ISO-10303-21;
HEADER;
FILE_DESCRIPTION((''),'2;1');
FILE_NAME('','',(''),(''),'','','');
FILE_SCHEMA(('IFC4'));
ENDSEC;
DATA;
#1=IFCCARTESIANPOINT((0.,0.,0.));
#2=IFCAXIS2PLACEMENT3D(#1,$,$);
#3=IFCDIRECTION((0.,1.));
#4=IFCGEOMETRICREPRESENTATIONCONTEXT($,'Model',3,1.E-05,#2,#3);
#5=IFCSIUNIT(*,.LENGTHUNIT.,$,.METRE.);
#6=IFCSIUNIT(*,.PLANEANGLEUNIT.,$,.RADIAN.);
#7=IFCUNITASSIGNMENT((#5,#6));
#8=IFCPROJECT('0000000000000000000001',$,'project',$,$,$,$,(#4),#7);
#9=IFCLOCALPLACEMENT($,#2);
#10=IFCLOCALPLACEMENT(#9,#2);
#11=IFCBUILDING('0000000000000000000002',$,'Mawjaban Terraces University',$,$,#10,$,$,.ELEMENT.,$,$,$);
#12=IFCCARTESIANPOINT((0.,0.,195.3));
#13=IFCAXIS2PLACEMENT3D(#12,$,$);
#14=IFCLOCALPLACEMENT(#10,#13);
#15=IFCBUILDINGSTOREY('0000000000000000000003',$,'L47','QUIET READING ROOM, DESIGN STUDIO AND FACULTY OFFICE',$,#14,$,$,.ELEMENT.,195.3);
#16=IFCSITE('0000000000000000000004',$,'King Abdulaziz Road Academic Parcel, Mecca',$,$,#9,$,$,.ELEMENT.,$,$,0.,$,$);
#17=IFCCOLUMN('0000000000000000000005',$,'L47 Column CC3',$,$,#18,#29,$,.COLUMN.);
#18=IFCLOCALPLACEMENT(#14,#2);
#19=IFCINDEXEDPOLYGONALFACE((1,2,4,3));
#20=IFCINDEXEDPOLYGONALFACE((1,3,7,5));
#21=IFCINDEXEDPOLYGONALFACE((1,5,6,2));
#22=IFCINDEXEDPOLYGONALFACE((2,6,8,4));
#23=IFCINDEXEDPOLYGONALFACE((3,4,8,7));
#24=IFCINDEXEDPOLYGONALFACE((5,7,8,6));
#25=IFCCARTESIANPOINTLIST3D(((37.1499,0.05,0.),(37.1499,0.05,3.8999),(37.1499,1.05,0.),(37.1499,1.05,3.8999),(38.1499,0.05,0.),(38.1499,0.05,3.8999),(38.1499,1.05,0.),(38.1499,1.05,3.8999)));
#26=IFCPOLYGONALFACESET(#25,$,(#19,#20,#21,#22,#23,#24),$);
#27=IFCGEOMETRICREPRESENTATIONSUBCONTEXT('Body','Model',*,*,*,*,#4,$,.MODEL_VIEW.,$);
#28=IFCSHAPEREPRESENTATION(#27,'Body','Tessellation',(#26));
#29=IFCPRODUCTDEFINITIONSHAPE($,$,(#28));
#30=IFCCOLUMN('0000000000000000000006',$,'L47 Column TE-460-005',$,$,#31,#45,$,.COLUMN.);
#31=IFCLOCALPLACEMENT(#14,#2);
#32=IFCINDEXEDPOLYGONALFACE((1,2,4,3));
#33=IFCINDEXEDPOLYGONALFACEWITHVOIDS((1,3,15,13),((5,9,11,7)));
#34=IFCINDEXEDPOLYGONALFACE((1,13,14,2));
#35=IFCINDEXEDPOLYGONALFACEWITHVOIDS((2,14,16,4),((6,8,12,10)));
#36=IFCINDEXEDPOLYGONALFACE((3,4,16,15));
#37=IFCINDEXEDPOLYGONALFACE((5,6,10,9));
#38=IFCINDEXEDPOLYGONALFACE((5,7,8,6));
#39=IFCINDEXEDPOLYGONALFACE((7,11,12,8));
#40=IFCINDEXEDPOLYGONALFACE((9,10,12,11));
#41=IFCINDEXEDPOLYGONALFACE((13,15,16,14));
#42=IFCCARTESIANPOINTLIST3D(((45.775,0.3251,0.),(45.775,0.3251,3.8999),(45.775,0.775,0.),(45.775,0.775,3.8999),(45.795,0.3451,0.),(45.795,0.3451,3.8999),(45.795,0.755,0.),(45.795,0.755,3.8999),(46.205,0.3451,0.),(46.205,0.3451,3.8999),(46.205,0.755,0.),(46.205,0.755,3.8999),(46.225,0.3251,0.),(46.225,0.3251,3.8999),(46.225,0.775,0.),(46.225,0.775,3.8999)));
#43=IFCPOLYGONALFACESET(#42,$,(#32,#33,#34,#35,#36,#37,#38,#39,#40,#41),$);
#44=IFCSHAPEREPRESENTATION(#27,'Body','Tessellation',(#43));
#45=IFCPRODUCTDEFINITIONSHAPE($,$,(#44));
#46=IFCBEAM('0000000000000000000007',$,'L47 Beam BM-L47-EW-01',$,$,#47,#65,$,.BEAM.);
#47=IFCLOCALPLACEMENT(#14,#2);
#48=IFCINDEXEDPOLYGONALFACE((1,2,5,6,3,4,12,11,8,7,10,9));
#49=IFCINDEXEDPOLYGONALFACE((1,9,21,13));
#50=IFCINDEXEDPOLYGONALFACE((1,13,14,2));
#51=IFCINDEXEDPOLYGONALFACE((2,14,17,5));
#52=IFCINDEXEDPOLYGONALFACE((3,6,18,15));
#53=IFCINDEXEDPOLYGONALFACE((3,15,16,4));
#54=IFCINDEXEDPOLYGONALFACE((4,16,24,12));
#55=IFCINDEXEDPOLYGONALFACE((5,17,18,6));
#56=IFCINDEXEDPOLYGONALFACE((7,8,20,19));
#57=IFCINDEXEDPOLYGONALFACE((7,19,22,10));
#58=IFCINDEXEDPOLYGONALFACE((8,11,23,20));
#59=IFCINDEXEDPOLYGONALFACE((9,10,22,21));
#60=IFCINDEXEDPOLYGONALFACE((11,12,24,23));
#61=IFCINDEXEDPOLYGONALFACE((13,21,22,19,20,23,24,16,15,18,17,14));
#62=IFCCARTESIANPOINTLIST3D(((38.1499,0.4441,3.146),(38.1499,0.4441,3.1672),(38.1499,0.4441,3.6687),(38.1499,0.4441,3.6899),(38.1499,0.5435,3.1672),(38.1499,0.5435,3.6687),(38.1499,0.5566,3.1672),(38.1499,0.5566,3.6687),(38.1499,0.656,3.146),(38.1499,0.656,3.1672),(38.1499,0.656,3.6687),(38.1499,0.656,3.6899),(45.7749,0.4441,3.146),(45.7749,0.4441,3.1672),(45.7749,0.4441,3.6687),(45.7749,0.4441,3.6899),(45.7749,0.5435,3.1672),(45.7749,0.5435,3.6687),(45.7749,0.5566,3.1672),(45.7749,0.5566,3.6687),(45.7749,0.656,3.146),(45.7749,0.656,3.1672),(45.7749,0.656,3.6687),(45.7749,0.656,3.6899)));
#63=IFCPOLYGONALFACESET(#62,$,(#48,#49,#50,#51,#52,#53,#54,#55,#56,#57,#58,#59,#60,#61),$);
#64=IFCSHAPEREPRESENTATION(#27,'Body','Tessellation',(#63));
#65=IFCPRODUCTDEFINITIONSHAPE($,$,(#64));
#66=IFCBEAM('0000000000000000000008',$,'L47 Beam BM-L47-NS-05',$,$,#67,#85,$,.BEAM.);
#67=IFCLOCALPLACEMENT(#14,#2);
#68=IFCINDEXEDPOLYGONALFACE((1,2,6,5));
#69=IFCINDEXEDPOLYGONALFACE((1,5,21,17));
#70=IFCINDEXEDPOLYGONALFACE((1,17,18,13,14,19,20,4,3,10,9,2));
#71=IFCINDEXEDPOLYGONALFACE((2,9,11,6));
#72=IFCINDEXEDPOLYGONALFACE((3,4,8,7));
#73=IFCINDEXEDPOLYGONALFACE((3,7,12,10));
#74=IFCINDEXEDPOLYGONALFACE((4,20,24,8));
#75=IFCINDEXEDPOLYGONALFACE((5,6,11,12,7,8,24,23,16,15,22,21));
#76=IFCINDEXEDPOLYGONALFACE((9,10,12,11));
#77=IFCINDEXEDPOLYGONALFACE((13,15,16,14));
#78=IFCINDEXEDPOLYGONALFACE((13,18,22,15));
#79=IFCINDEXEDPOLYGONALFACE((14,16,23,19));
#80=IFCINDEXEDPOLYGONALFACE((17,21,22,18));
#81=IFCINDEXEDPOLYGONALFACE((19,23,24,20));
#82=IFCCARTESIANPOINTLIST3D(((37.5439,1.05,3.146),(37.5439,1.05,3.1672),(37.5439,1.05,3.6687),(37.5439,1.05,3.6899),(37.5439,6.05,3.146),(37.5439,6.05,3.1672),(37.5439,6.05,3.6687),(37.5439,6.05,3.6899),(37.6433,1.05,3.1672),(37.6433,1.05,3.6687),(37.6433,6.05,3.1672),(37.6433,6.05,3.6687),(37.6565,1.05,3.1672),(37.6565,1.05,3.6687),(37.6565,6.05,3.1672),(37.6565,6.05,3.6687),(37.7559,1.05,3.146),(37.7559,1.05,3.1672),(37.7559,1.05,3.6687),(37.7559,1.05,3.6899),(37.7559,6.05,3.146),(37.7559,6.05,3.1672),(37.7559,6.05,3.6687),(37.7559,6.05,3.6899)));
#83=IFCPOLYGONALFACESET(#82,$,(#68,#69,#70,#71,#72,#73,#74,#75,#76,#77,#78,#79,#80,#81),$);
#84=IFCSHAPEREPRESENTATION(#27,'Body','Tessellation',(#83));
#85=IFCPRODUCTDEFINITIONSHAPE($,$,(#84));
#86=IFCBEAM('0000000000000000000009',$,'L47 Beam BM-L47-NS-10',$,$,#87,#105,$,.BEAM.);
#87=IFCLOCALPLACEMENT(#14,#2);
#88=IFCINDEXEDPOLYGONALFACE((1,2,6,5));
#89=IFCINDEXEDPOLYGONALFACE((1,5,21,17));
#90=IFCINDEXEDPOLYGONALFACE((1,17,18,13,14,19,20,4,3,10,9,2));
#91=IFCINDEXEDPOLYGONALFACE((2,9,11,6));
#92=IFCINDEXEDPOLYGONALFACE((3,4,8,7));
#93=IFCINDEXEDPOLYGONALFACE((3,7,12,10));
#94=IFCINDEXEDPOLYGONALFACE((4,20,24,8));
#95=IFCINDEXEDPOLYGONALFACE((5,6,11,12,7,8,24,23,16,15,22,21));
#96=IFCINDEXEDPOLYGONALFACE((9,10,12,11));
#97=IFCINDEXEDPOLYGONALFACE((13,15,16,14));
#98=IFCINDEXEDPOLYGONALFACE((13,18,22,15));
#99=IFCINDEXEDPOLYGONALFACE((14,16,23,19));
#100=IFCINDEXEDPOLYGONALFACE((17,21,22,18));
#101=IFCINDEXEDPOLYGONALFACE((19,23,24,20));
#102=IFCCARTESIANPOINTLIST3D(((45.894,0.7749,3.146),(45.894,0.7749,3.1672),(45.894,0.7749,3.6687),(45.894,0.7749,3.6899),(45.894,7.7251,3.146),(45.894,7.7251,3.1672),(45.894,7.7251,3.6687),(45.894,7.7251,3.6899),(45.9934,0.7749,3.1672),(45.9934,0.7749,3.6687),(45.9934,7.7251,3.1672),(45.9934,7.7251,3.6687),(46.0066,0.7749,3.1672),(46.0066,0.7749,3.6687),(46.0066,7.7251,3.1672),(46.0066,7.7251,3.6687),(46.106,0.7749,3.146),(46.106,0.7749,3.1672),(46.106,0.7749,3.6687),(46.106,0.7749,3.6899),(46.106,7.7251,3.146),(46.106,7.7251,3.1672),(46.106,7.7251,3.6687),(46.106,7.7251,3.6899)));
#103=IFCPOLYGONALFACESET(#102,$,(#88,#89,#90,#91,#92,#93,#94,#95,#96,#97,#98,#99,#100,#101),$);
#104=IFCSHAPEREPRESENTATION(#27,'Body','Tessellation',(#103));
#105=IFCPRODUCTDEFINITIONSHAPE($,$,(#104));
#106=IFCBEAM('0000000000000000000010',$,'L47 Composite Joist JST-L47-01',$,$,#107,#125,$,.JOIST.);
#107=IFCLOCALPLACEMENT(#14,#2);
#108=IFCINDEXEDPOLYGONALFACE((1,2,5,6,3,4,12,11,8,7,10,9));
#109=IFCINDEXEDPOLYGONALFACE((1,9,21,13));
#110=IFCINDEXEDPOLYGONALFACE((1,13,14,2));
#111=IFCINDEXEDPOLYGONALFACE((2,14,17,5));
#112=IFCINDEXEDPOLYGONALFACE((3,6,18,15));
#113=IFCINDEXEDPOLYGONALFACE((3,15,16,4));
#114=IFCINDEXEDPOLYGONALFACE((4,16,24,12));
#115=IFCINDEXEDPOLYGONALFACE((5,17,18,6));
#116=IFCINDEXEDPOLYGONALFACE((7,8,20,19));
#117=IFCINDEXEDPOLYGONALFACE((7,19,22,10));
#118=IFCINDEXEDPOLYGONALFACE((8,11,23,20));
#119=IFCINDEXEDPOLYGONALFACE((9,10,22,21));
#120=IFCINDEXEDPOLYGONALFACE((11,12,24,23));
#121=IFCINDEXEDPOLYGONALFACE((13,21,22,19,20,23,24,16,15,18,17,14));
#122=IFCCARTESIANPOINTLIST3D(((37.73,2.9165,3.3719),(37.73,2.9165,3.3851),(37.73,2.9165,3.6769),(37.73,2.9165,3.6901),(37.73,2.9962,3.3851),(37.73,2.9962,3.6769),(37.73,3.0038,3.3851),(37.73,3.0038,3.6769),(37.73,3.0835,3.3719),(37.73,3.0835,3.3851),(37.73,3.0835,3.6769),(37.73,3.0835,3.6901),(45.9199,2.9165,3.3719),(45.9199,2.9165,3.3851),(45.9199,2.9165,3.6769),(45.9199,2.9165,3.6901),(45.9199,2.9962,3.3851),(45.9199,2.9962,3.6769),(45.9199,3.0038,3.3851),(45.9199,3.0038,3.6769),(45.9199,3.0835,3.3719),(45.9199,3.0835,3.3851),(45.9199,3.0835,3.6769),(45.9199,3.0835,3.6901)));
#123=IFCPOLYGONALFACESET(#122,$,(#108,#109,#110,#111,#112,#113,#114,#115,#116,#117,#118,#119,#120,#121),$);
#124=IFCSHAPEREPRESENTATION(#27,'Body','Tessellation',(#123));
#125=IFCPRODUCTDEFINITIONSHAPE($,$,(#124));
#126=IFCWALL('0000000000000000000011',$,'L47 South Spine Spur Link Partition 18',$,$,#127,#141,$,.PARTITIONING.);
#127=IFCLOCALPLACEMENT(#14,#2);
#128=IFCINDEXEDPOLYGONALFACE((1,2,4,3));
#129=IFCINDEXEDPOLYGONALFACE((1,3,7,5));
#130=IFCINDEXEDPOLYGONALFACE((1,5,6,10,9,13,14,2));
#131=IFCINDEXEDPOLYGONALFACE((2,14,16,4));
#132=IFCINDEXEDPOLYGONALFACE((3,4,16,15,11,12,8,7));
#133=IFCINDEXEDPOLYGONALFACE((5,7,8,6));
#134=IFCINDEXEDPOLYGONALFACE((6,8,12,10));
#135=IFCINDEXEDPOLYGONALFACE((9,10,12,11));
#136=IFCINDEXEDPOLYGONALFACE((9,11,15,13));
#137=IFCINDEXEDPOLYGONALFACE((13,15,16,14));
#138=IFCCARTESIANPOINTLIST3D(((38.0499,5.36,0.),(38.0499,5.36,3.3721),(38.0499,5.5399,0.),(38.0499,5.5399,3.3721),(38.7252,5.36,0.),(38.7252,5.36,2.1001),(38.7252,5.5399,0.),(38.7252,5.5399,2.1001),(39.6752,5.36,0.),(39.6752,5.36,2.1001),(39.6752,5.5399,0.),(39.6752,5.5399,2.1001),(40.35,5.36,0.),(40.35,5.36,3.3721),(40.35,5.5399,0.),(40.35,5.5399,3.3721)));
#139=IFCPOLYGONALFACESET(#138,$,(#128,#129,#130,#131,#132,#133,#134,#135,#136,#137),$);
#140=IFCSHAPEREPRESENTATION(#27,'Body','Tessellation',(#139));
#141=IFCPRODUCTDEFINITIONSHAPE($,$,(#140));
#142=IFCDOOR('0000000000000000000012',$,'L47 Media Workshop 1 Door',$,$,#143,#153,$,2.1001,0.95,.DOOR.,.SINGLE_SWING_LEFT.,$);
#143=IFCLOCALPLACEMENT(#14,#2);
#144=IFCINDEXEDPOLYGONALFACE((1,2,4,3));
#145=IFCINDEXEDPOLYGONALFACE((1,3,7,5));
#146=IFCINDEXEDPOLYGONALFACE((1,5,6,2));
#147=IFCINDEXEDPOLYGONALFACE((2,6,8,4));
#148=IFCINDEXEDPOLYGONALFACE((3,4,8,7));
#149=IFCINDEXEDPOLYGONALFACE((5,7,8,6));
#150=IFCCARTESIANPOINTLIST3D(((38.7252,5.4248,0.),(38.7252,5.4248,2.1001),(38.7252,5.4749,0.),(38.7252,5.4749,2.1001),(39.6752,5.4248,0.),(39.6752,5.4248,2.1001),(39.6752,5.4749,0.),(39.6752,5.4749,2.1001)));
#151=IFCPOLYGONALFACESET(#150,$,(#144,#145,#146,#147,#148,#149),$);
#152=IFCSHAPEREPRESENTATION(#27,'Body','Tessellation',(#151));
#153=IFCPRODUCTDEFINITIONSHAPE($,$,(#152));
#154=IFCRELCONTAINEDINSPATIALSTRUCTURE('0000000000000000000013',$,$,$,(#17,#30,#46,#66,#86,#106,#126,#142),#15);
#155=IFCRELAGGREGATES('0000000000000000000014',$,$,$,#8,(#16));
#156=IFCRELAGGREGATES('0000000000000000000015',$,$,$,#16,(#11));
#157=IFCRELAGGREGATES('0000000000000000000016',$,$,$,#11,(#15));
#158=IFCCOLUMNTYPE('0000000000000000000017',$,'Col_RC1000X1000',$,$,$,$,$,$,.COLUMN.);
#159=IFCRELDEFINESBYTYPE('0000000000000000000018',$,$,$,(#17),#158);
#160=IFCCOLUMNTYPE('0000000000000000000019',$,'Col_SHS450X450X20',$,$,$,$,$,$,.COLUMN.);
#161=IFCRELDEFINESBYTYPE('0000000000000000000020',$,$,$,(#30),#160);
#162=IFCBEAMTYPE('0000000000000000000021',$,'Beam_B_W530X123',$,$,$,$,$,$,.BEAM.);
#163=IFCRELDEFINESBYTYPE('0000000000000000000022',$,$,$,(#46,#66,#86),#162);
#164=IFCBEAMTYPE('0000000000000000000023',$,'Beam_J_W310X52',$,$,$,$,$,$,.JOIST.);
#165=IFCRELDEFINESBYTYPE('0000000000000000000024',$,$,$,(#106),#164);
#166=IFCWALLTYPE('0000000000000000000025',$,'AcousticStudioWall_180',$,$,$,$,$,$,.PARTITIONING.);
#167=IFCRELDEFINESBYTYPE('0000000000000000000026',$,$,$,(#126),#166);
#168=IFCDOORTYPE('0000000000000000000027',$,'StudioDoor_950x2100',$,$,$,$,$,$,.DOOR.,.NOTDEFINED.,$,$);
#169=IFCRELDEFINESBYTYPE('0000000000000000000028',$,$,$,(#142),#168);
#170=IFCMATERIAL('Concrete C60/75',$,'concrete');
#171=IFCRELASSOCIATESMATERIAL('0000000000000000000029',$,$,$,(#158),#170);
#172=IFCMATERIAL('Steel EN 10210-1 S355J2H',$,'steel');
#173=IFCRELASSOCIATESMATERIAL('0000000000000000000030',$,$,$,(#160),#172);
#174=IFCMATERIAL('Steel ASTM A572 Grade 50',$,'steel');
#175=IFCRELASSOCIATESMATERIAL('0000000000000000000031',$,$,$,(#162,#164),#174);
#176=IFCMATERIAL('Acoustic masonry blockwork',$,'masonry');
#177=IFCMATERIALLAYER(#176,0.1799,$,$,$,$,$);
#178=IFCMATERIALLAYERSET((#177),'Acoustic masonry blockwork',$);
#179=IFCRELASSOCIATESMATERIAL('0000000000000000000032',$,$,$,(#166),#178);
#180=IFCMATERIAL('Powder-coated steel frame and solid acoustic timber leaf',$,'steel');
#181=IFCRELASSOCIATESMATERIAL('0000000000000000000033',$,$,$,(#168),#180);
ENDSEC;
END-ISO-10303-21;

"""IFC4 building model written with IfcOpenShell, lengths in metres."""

from ifc_helpers import new_model, si_unit, direction, frame, frame_2d, origin, origin_2d, place, context, subcontext, project, spatial, rectangle, hollow_rectangle, i_section, extrude, material, layer, layer_set, material_profile, profile_set, type_object, element, fill, save


model = new_model("IFC4")

# Units and contexts
model_context = context("Model", 3, precision=1e-05, world=origin(), true_north=direction((0.0, 1.0)))
body_context = subcontext(model_context, "Body", "Model", "MODEL_VIEW")
ifc_project = project(units=[si_unit("LENGTHUNIT", "METRE"), si_unit("PLANEANGLEUNIT", "RADIAN")], contexts=[model_context])

# Site, building, storey
site_placement = place(None, origin())
site = spatial("IfcSite", under=ifc_project, at=site_placement, Name="King Abdulaziz Road Academic Parcel, Mecca", CompositionType="ELEMENT", RefElevation=0.0)
building_placement = place(site_placement, origin())
building = spatial("IfcBuilding", under=site, at=building_placement, Name="Mawjaban Terraces University", CompositionType="ELEMENT")
storey_placement = place(building_placement, frame((0.0, 0.0, 195.3)))
storey = spatial("IfcBuildingStorey", under=building, at=storey_placement, Name="L47", Description="QUIET READING ROOM, DESIGN STUDIO AND FACULTY OFFICE", CompositionType="ELEMENT", Elevation=195.3)

# Columns
ifc_material_1 = material(Name="Concrete C60/75", Category="concrete")
ifc_material_profile_1 = material_profile(ifc_material_1, rectangle(XDim=1.0, YDim=1.0, at=origin_2d()), Name="RC1000X1000")
ifc_profile_set_1 = profile_set([ifc_material_profile_1], Name="Concrete C60/75")
column_type_1 = type_object("IfcColumnType", Name="Col_RC1000X1000", PredefinedType="COLUMN", material=ifc_profile_set_1)
column_1_placement = place(storey_placement, frame((37.6499, 0.55, 0.0), z_axis=(0.0, 0.0, 1.0), x_axis=(1.0, 0.0, 0.0)))
element("IfcColumn", 1, at=column_1_placement, inside=storey, type_object=column_type_1, Name="L47 Column CC3", PredefinedType="COLUMN", context=body_context, shape_type="SweptSolid", body=[
    extrude(rectangle(XDim=1.0, YDim=1.0, at=origin_2d()), origin(), (0.0, 0.0, 1.0), 3.8999),
])
ifc_material_2 = material(Name="Steel EN 10210-1 S355J2H", Category="steel")
ifc_material_profile_2 = material_profile(ifc_material_2, hollow_rectangle(XDim=0.45, YDim=0.45, WallThickness=0.02, at=origin_2d()), Name="SHS450X450X20")
ifc_profile_set_2 = profile_set([ifc_material_profile_2], Name="Steel EN 10210-1 S355J2H")
column_type_2 = type_object("IfcColumnType", Name="Col_SHS450X450X20", PredefinedType="COLUMN", material=ifc_profile_set_2)
column_2_placement = place(storey_placement, frame((46.0, 0.55, 0.0), z_axis=(0.0, 0.0, 1.0), x_axis=(1.0, 0.0, 0.0)))
element("IfcColumn", 2, at=column_2_placement, inside=storey, type_object=column_type_2, Name="L47 Column TE-460-005", PredefinedType="COLUMN", context=body_context, shape_type="SweptSolid", body=[
    extrude(hollow_rectangle(XDim=0.45, YDim=0.45, WallThickness=0.02, at=origin_2d()), origin(), (0.0, 0.0, 1.0), 3.8999),
])

# Beams
ifc_material_3 = material(Name="Steel ASTM A572 Grade 50", Category="steel")
ifc_material_profile_3 = material_profile(ifc_material_3, i_section(OverallWidth=0.2119, OverallDepth=0.5439, WebThickness=0.0132, FlangeThickness=0.0212, at=origin_2d()), Name="W530X123")
ifc_profile_set_3 = profile_set([ifc_material_profile_3], Name="Steel ASTM A572 Grade 50")
beam_type_1 = type_object("IfcBeamType", Name="Beam_B_W530X123", PredefinedType="BEAM", material=ifc_profile_set_3)
beam_1_placement = place(storey_placement, frame((38.1499, 0.55, 3.418), z_axis=(1.0, 0.0, 0.0), x_axis=(0.0, 1.0, 0.0)))
element("IfcBeam", 3, at=beam_1_placement, inside=storey, type_object=beam_type_1, Name="L47 Beam BM-L47-EW-01", PredefinedType="BEAM", context=body_context, shape_type="SweptSolid", body=[
    extrude(i_section(OverallWidth=0.2119, OverallDepth=0.5439, WebThickness=0.0132, FlangeThickness=0.0212, at=origin_2d()), origin(), (0.0, 0.0, 1.0), 7.625),
])
beam_2_placement = place(storey_placement, frame((37.6499, 1.05, 3.418), z_axis=(0.0, 1.0, 0.0), x_axis=(-1.0, 0.0, 0.0)))
element("IfcBeam", 4, at=beam_2_placement, inside=storey, type_object=beam_type_1, Name="L47 Beam BM-L47-NS-05", PredefinedType="BEAM", context=body_context, shape_type="SweptSolid", body=[
    extrude(i_section(OverallWidth=0.2119, OverallDepth=0.5439, WebThickness=0.0132, FlangeThickness=0.0212, at=origin_2d()), origin(), (0.0, 0.0, 1.0), 5.0),
])
beam_3_placement = place(storey_placement, frame((46.0, 0.7749, 3.418), z_axis=(0.0, 1.0, 0.0), x_axis=(-1.0, 0.0, 0.0)))
element("IfcBeam", 5, at=beam_3_placement, inside=storey, type_object=beam_type_1, Name="L47 Beam BM-L47-NS-10", PredefinedType="BEAM", context=body_context, shape_type="SweptSolid", body=[
    extrude(i_section(OverallWidth=0.2119, OverallDepth=0.5439, WebThickness=0.0132, FlangeThickness=0.0212, at=origin_2d()), origin(), (0.0, 0.0, 1.0), 6.9502),
])
ifc_material_profile_4 = material_profile(ifc_material_3, i_section(OverallWidth=0.167, OverallDepth=0.3181, WebThickness=0.0076, FlangeThickness=0.0132, at=origin_2d()), Name="W310X52")
ifc_profile_set_4 = profile_set([ifc_material_profile_4], Name="Steel ASTM A572 Grade 50")
beam_type_2 = type_object("IfcBeamType", Name="Beam_J_W310X52", PredefinedType="JOIST", material=ifc_profile_set_4)
beam_4_placement = place(storey_placement, frame((37.73, 3.0, 3.531), z_axis=(1.0, 0.0, 0.0), x_axis=(0.0, 1.0, 0.0)))
element("IfcBeam", 6, at=beam_4_placement, inside=storey, type_object=beam_type_2, Name="L47 Composite Joist JST-L47-01", PredefinedType="JOIST", context=body_context, shape_type="SweptSolid", body=[
    extrude(i_section(OverallWidth=0.167, OverallDepth=0.3181, WebThickness=0.0076, FlangeThickness=0.0132, at=origin_2d()), origin(), (0.0, 0.0, 1.0), 8.1899),
])

# Wall, opening, door
ifc_material_4 = material(Name="Acoustic masonry blockwork", Category="masonry")
ifc_layer_1 = layer(ifc_material_4, 0.1799)
ifc_layer_set_1 = layer_set([ifc_layer_1], Name="Acoustic masonry blockwork")
wall_type_1 = type_object("IfcWallType", Name="AcousticStudioWall_180", PredefinedType="PARTITIONING", material=ifc_layer_set_1)
wall_1_placement = place(storey_placement, frame((38.05, 5.45, 0.0), z_axis=(0.0, 0.0, 1.0), x_axis=(1.0, 0.0, 0.0)))
wall_1 = element("IfcWall", 7, at=wall_1_placement, inside=storey, type_object=wall_type_1, Name="L47 South Spine Spur Link Partition 18", PredefinedType="PARTITIONING", context=body_context, shape_type="SweptSolid", body=[
    extrude(rectangle(XDim=2.3, YDim=0.1799, at=frame_2d((1.1499, 0.0))), origin(), (0.0, 0.0, 1.0), 3.3721),
])
opening_1_placement = place(wall_1_placement, frame((0.675, 0.0, 0.0)))
opening_1 = element("IfcOpeningElement", 8, at=opening_1_placement, cuts=wall_1, PredefinedType="OPENING", context=body_context, shape_type="SweptSolid", body=[
    extrude(rectangle(XDim=0.95, YDim=2.1001, at=frame_2d((0.4751, 1.05))), frame((0.0, 0.0999, 0.0), z_axis=(0.0, -1.0, 0.0), x_axis=(1.0, 0.0, 0.0)), (0.0, 0.0, 1.0), 0.2),
])
ifc_material_5 = material(Name="Powder-coated steel frame and solid acoustic timber leaf", Category="steel")
door_type_1 = type_object("IfcDoorType", Name="StudioDoor_950x2100", OperationType="NOTDEFINED", PredefinedType="DOOR", material=ifc_material_5)
door_1_placement = place(opening_1_placement, origin())
door_1 = element("IfcDoor", 9, at=door_1_placement, inside=storey, type_object=door_type_1, Name="L47 Media Workshop 1 Door", OperationType="SINGLE_SWING_LEFT", OverallHeight=2.1001, OverallWidth=0.95, PredefinedType="DOOR", context=body_context, shape_type="SweptSolid", body=[
    extrude(rectangle(XDim=0.95, YDim=2.1001, at=frame_2d((0.4751, 1.05))), frame((0.0, 0.0249, 0.0), z_axis=(0.0, -1.0, 0.0), x_axis=(1.0, 0.0, 0.0)), (0.0, 0.0, 1.0), 0.05),
])
fill(opening_1, door_1)

save(model, "model.ifc")
